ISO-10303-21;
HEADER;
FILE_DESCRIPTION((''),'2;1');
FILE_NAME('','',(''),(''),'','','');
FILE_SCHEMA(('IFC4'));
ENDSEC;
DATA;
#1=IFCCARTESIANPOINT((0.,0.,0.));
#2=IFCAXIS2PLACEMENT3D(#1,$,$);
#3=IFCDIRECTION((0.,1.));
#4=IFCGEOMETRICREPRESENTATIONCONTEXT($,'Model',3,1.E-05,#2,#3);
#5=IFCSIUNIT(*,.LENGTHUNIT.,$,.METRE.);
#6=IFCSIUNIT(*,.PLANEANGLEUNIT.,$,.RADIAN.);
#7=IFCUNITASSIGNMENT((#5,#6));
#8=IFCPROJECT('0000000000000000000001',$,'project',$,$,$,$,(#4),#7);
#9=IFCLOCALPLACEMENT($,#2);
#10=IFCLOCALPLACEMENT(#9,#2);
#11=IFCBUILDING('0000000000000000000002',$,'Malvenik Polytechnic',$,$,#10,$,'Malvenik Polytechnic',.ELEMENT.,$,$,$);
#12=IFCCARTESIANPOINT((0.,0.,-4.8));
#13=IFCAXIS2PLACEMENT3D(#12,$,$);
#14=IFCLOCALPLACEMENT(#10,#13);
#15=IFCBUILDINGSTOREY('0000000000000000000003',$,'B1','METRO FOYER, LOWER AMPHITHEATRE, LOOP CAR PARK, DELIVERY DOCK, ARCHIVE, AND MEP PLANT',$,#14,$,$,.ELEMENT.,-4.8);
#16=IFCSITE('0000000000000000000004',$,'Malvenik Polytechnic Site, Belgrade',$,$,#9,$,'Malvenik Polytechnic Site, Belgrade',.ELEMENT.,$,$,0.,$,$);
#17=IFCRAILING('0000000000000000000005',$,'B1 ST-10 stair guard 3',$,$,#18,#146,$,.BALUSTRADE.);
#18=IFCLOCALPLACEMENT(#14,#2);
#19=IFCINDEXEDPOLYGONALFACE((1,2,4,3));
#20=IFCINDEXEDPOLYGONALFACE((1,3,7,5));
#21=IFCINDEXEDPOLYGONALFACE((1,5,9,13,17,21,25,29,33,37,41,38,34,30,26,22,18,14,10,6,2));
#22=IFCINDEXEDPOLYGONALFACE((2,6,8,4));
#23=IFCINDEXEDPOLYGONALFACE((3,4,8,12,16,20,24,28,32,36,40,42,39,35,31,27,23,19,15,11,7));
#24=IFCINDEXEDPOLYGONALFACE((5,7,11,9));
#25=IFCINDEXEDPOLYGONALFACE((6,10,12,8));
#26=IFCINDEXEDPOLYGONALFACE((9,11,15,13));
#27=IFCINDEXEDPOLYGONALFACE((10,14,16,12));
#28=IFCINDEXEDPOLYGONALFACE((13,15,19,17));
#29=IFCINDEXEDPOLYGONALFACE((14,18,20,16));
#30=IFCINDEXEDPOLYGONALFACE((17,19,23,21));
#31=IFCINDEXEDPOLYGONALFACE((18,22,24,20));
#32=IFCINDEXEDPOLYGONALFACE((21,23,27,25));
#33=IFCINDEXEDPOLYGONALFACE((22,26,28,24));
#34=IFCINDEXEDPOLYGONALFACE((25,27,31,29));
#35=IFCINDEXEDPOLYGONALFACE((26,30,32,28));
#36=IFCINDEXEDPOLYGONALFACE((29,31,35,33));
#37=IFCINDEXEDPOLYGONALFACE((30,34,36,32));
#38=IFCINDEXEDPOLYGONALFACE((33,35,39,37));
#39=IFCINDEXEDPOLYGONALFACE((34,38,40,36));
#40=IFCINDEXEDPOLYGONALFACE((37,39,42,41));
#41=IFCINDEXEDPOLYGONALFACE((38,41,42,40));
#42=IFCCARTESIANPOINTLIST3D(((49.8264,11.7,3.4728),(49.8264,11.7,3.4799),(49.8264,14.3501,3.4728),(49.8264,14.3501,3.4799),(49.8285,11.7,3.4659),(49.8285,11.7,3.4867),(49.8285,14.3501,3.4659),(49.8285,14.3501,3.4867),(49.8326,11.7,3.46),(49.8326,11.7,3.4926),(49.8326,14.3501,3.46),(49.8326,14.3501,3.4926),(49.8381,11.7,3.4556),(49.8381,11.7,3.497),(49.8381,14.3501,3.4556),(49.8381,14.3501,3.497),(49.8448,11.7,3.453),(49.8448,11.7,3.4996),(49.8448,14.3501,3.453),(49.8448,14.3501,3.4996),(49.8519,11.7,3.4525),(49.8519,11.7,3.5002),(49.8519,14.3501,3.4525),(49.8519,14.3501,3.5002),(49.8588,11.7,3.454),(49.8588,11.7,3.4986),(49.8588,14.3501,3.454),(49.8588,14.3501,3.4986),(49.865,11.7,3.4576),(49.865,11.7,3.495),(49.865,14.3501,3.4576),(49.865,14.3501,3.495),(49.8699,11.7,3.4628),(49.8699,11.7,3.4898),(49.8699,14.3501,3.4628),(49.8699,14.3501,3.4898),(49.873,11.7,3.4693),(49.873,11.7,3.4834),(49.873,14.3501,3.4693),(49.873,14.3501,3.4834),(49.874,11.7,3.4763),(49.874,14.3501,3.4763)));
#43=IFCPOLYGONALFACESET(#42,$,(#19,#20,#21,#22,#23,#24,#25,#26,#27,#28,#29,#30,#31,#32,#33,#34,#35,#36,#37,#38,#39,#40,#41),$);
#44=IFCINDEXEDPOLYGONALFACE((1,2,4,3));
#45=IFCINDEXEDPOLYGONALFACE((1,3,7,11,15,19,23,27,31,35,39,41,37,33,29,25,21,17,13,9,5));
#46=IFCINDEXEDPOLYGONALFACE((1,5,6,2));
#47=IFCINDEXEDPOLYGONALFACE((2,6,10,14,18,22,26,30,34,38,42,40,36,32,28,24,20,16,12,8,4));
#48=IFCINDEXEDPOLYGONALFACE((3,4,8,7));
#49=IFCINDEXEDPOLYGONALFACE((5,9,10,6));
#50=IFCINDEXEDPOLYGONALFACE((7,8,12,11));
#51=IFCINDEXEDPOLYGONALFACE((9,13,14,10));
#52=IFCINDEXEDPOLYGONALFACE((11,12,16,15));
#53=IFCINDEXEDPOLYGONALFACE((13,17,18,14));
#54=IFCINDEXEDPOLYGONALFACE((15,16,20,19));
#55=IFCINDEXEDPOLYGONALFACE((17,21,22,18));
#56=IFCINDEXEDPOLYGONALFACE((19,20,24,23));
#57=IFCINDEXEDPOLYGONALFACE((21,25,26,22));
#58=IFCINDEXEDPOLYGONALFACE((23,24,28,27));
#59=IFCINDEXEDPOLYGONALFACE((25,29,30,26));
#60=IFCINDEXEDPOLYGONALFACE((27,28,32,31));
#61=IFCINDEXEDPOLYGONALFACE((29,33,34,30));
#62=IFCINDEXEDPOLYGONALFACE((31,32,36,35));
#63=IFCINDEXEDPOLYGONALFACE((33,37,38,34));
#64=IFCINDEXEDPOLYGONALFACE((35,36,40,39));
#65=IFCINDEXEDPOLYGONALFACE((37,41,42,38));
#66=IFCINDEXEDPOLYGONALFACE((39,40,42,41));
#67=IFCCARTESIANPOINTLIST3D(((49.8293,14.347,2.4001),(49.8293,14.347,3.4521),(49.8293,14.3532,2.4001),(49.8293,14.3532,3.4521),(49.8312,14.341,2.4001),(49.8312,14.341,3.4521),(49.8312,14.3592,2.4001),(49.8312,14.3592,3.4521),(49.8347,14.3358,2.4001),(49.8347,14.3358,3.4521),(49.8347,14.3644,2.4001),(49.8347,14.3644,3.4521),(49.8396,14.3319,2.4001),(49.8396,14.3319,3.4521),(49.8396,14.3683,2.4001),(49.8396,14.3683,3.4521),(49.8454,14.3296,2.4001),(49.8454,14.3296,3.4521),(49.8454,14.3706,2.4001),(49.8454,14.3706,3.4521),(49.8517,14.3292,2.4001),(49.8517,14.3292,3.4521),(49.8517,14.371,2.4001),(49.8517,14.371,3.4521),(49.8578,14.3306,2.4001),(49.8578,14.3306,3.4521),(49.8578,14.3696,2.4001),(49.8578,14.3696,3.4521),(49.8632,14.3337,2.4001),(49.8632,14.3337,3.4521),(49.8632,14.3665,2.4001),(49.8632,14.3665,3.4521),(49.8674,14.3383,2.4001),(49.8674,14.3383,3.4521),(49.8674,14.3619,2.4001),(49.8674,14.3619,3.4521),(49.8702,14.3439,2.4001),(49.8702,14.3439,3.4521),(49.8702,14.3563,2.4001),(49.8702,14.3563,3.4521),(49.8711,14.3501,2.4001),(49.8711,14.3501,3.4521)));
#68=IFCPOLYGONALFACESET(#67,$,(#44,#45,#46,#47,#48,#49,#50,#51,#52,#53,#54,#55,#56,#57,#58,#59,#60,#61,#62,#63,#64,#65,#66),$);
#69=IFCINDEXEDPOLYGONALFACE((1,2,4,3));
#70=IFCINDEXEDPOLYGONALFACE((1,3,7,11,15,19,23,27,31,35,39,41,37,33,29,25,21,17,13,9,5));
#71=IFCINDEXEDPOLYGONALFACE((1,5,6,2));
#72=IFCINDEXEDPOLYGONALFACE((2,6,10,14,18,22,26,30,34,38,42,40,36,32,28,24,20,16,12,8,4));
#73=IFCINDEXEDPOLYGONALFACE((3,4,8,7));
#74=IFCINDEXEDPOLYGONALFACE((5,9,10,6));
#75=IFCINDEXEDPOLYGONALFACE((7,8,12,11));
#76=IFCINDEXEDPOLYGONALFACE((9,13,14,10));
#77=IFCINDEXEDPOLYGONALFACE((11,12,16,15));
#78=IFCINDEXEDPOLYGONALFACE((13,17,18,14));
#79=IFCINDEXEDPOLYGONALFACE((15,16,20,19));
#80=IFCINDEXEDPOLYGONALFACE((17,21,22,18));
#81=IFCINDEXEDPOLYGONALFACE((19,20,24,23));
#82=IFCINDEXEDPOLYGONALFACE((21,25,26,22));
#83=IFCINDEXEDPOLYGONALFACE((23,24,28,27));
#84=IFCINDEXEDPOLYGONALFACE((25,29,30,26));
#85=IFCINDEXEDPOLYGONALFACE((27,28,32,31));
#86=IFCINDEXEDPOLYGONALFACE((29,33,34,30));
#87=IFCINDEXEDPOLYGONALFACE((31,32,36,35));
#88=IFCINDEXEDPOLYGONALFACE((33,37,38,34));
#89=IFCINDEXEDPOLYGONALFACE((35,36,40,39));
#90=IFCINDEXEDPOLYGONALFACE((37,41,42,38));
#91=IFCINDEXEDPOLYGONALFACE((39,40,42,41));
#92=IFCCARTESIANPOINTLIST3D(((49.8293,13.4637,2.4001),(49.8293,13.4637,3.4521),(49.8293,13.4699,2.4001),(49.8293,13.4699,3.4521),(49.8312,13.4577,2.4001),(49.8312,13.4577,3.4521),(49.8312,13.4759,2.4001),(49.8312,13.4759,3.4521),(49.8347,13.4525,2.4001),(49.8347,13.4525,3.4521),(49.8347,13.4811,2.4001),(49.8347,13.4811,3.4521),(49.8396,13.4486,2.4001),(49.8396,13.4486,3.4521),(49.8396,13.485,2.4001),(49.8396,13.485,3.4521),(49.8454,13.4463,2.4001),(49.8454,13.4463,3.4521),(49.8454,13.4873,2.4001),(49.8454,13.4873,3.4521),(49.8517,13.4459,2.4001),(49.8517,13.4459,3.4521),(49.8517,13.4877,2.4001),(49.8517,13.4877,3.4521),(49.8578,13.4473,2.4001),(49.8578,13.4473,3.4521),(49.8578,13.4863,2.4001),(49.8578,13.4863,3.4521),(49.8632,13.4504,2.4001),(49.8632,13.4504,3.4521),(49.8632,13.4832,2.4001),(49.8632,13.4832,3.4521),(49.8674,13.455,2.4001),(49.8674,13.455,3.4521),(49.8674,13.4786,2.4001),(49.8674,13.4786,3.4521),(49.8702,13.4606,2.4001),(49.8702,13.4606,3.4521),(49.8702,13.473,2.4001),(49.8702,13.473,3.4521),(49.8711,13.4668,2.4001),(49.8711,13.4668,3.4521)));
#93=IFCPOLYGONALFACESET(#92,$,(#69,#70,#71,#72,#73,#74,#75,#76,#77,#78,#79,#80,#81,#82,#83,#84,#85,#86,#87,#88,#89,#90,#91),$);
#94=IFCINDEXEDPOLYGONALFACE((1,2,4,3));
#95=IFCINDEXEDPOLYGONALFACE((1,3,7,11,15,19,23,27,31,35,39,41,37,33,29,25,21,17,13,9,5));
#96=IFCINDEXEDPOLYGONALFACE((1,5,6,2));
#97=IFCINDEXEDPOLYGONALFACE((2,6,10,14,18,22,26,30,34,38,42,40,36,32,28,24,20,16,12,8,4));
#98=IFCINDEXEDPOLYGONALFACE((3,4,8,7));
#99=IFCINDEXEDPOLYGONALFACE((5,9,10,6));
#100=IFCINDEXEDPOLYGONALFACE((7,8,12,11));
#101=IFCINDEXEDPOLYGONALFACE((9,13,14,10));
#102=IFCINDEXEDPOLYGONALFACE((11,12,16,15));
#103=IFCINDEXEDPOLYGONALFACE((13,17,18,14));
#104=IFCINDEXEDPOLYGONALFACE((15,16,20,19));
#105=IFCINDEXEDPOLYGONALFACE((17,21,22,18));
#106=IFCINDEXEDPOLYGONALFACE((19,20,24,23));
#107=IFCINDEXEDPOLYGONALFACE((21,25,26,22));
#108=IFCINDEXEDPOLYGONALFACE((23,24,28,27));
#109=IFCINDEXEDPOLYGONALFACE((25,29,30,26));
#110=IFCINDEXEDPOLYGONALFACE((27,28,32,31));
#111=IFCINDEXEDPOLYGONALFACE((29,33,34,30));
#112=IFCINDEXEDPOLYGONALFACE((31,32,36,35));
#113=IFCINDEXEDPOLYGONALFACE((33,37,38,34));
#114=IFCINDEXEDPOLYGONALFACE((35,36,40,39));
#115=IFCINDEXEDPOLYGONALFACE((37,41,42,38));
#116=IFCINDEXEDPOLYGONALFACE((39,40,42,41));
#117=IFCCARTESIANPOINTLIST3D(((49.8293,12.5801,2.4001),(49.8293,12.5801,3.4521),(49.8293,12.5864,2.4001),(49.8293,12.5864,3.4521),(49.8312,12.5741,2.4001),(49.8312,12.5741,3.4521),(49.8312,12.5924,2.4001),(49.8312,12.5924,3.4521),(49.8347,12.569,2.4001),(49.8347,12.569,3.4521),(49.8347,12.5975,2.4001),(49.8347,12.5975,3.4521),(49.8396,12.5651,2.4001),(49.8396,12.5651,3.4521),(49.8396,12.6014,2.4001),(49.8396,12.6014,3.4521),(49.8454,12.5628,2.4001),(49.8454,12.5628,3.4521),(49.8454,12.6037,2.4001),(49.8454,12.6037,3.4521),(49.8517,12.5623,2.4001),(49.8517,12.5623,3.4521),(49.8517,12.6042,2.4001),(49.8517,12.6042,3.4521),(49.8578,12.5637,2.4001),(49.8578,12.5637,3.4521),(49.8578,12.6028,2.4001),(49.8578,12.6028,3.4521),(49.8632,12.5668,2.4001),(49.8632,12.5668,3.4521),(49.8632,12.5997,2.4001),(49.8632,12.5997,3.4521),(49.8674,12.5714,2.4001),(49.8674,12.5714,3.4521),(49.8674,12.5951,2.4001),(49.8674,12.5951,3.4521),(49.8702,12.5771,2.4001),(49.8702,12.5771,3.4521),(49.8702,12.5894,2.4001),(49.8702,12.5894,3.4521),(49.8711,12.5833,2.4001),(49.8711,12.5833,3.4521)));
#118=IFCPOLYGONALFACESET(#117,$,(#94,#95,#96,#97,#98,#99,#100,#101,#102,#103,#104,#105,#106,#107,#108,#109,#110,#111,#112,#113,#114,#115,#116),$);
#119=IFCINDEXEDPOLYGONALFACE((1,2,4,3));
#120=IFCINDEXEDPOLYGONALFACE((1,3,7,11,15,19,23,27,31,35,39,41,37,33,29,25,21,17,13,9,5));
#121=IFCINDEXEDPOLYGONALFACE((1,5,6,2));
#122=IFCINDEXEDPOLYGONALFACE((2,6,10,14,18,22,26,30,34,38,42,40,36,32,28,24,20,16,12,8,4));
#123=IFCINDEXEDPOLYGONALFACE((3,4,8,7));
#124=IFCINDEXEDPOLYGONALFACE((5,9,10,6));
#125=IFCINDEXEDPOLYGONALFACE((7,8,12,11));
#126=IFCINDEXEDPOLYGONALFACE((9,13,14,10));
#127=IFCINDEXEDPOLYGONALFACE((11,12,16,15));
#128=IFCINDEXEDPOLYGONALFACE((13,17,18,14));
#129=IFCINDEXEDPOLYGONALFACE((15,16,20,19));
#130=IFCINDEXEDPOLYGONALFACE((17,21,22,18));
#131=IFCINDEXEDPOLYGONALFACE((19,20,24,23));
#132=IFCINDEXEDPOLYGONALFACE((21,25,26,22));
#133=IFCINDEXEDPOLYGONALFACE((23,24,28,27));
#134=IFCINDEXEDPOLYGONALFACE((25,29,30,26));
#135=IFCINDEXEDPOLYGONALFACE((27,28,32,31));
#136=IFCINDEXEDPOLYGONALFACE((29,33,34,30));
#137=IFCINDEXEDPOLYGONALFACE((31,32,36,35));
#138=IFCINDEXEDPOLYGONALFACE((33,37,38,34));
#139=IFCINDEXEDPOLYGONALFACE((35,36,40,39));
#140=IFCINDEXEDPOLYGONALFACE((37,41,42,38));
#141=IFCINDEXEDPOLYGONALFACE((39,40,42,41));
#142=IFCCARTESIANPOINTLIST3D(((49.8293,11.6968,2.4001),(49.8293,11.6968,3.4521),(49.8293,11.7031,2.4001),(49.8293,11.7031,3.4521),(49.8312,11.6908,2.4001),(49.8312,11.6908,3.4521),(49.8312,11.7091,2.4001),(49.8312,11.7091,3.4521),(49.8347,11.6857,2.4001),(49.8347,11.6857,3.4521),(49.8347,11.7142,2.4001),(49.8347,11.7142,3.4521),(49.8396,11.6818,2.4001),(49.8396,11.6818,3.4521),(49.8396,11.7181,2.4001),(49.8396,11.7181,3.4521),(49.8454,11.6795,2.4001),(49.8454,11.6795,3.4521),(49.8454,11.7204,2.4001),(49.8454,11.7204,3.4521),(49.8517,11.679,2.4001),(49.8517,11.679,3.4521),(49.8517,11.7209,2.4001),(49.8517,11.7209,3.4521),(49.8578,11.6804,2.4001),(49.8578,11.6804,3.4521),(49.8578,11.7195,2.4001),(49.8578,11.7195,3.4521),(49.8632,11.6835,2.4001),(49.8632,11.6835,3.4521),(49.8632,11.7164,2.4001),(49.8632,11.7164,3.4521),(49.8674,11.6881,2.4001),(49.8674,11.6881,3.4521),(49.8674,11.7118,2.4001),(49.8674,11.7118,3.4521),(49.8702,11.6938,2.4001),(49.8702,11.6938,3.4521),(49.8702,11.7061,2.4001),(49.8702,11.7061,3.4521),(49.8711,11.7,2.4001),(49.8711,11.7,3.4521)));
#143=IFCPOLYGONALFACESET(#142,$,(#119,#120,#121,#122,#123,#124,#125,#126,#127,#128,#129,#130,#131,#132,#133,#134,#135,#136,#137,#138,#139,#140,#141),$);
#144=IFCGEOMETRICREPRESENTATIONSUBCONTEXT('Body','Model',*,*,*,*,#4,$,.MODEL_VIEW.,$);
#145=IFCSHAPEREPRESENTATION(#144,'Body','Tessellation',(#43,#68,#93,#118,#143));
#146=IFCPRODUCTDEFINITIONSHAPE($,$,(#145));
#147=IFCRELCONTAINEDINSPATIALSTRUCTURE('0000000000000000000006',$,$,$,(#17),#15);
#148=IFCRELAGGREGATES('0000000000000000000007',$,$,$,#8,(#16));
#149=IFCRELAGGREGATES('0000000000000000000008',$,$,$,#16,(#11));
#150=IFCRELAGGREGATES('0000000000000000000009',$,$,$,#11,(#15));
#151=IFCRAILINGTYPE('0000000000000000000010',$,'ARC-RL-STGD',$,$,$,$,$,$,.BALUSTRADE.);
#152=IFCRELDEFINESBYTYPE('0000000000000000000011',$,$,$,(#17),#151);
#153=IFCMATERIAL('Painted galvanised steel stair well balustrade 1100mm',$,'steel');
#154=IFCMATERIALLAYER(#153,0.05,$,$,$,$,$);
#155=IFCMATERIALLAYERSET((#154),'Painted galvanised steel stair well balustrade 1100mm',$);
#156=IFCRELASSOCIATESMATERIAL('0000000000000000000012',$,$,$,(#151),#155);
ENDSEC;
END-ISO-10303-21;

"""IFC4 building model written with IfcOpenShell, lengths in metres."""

from ifc_helpers import new_model, si_unit, direction, frame, origin, origin_2d, place, context, subcontext, project, spatial, circle, extrude, material, layer, layer_set, type_object, element, save


model = new_model("IFC4")

# Units and contexts
model_context = context("Model", 3, precision=1e-05, world=origin(), true_north=direction((0.0, 1.0)))
body_context = subcontext(model_context, "Body", "Model", "MODEL_VIEW")
ifc_project = project(units=[si_unit("LENGTHUNIT", "METRE"), si_unit("PLANEANGLEUNIT", "RADIAN")], contexts=[model_context])

# Site, building, storey
site_placement = place(None, origin())
site = spatial("IfcSite", under=ifc_project, at=site_placement, Name="Malvenik Polytechnic Site, Belgrade", LongName="Malvenik Polytechnic Site, Belgrade", CompositionType="ELEMENT", RefElevation=0.0)
building_placement = place(site_placement, origin())
building = spatial("IfcBuilding", under=site, at=building_placement, Name="Malvenik Polytechnic", LongName="Malvenik Polytechnic", CompositionType="ELEMENT")
storey_placement = place(building_placement, frame((0.0, 0.0, -4.8)))
storey = spatial("IfcBuildingStorey", under=building, at=storey_placement, Name="B1", Description="METRO FOYER, LOWER AMPHITHEATRE, LOOP CAR PARK, DELIVERY DOCK, ARCHIVE, AND MEP PLANT", CompositionType="ELEMENT", Elevation=-4.8)

# Railing
ifc_material_1 = material(Name="Painted galvanised steel stair well balustrade 1100mm", Category="steel")
ifc_layer_1 = layer(ifc_material_1, 0.05)
ifc_layer_set_1 = layer_set([ifc_layer_1], Name="Painted galvanised steel stair well balustrade 1100mm")
railing_type_1 = type_object("IfcRailingType", Name="ARC-RL-STGD", PredefinedType="BALUSTRADE", material=ifc_layer_set_1)
for number, where, name in (
    (1, (49.8501, 14.3501, 2.4001), "B1 ST-10 stair guard 3"),
):
    element("IfcRailing", number, at=place(storey_placement, frame(where)), inside=storey, type_object=railing_type_1, Name=name, PredefinedType="BALUSTRADE", context=body_context, shape_type="SweptSolid", body=[
        extrude(circle(Radius=0.0239, at=origin_2d()), frame((0.0, 0.0, 1.0762), z_axis=(0.0, -1.0, 0.0), x_axis=(1.0, 0.0, 0.0)), (0.0, 0.0, 1.0), 2.6501),
        extrude(circle(Radius=0.021, at=origin_2d()), origin(), (0.0, 0.0, 1.0), 1.052),
        extrude(circle(Radius=0.021, at=origin_2d()), frame((0.0, -0.8833, 0.0)), (0.0, 0.0, 1.0), 1.052),
        extrude(circle(Radius=0.021, at=origin_2d()), frame((0.0, -1.7668, 0.0)), (0.0, 0.0, 1.0), 1.052),
        extrude(circle(Radius=0.021, at=origin_2d()), frame((0.0, -2.6501, 0.0)), (0.0, 0.0, 1.0), 1.052),
    ])

save(model, "model.ifc")
